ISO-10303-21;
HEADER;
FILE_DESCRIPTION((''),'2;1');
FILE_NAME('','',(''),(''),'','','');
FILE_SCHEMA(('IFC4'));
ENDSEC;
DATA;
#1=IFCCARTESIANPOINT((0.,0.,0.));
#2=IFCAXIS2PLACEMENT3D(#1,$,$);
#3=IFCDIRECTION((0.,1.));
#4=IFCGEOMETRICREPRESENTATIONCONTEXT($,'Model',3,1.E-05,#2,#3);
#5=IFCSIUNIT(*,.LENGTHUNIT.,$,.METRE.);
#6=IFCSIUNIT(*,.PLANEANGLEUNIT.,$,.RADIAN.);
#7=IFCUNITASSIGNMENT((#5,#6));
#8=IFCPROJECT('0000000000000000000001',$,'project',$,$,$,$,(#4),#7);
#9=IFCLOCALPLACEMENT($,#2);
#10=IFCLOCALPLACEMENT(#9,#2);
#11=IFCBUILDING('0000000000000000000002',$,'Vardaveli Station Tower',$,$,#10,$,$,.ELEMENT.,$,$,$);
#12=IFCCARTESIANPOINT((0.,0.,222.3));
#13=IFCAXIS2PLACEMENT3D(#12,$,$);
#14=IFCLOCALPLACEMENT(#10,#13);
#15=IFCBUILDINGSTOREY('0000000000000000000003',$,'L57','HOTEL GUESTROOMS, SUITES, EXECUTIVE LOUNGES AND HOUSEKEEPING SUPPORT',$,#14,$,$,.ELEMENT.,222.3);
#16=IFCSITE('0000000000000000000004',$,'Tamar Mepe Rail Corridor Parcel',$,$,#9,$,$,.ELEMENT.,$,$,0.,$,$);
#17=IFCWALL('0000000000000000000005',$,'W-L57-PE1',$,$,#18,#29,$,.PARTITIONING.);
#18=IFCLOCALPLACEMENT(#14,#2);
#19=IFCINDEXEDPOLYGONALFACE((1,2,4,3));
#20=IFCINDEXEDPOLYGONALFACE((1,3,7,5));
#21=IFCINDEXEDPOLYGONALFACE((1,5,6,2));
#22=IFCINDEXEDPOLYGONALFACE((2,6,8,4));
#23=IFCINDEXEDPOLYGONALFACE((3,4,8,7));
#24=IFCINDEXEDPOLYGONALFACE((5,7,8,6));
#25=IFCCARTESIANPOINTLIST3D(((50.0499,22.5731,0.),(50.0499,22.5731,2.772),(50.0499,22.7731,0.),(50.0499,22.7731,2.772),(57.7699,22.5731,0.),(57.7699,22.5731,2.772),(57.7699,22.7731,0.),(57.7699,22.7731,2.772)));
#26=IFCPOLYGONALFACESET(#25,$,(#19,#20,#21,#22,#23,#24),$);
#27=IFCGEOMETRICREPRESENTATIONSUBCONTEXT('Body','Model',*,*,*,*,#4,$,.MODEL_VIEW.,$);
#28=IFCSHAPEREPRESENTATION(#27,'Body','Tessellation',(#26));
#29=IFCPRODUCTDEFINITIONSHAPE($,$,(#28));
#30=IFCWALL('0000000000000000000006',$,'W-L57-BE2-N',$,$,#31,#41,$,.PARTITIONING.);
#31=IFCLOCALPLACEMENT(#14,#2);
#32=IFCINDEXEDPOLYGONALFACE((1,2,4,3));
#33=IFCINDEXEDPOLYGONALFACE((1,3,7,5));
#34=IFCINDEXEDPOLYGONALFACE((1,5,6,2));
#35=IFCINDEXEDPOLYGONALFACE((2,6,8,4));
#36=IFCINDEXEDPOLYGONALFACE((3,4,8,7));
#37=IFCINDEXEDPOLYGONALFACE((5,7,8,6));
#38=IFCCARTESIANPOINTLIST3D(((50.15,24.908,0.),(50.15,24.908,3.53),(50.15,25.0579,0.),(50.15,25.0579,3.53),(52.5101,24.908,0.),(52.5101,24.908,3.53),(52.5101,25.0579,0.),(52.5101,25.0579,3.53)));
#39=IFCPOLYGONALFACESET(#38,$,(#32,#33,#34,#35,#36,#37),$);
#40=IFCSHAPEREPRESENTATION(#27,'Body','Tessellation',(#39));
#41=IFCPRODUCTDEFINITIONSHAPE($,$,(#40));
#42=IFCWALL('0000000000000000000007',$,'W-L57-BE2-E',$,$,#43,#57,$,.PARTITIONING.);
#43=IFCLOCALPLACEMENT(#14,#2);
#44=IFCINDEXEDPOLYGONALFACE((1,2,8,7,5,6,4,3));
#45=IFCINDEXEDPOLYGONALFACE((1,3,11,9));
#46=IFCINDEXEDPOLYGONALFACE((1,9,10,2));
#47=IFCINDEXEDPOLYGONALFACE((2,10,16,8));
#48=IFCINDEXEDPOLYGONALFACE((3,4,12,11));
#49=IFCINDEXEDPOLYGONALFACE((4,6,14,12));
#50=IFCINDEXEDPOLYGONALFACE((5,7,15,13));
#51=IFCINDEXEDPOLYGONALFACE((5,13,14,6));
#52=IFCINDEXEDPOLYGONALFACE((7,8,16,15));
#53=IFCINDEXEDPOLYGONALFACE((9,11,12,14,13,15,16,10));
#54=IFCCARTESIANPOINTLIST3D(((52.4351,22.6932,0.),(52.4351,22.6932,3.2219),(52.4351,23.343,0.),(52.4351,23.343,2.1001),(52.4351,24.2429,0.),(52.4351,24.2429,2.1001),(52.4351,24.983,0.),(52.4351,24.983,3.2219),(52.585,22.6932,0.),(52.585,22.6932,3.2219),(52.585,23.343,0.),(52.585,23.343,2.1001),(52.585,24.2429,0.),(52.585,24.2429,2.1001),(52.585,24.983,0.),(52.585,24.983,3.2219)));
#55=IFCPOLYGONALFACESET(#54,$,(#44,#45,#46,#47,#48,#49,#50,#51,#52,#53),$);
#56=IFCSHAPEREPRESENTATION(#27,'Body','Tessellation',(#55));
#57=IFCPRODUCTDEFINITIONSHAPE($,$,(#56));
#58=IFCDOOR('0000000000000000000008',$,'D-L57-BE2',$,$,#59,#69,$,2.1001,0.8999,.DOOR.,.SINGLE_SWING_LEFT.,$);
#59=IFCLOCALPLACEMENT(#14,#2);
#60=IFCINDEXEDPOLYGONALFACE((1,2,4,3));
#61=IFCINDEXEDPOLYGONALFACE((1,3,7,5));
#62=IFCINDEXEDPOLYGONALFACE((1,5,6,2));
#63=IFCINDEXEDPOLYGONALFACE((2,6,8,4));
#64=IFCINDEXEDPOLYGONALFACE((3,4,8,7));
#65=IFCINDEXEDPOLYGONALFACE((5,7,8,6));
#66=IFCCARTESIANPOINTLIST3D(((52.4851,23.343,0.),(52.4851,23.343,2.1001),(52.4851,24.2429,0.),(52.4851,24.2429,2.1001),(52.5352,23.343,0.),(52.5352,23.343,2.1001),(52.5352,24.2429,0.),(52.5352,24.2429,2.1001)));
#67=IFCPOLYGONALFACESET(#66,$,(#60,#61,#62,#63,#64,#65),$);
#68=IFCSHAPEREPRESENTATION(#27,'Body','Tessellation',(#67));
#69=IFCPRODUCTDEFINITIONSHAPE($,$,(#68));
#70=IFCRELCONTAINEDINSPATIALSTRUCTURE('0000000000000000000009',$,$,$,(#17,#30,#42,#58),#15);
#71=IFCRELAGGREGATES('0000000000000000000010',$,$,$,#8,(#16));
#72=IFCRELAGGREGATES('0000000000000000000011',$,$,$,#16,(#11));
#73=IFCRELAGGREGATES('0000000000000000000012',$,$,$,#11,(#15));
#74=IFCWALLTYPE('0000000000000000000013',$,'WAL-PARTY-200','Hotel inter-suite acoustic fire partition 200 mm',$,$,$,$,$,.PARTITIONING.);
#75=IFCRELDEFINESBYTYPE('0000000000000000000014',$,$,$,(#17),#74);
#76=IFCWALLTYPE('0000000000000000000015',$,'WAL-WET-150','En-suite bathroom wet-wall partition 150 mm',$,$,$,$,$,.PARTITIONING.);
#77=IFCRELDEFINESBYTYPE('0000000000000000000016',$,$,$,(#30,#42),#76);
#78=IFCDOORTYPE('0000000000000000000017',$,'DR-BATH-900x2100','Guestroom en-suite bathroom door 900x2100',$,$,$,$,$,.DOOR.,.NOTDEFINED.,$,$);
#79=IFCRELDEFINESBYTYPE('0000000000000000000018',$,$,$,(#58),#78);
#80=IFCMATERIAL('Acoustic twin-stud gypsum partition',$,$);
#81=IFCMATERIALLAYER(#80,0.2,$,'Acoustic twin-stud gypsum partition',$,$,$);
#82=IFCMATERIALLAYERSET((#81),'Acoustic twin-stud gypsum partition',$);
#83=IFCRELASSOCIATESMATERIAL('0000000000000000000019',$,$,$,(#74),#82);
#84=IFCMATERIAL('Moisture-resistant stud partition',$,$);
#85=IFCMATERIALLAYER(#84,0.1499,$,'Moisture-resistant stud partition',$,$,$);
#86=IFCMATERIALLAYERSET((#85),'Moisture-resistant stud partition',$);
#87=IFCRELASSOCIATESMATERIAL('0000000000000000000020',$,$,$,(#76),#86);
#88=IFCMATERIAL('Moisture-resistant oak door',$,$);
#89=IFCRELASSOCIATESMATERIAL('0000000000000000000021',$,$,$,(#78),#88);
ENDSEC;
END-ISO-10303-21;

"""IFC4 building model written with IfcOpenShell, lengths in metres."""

from ifc_helpers import new_model, si_unit, direction, frame, frame_2d, origin, place, context, subcontext, project, spatial, rectangle, extrude, source, transform, mapped, material, layer, layer_set, type_object, element, fill, save


model = new_model("IFC4")

# Units and contexts
model_context = context("Model", 3, precision=1e-05, world=origin(), true_north=direction((0.0, 1.0)))
body_context = subcontext(model_context, "Body", "Model", "MODEL_VIEW")
ifc_project = project(units=[si_unit("LENGTHUNIT", "METRE"), si_unit("PLANEANGLEUNIT", "RADIAN")], contexts=[model_context])

# Site, building, storey
site_placement = place(None, origin())
site = spatial("IfcSite", under=ifc_project, at=site_placement, Name="Tamar Mepe Rail Corridor Parcel", CompositionType="ELEMENT", RefElevation=0.0)
building_placement = place(site_placement, origin())
building = spatial("IfcBuilding", under=site, at=building_placement, Name="Vardaveli Station Tower", CompositionType="ELEMENT")
storey_placement = place(building_placement, frame((0.0, 0.0, 222.3)))
storey = spatial("IfcBuildingStorey", under=building, at=storey_placement, Name="L57", Description="HOTEL GUESTROOMS, SUITES, EXECUTIVE LOUNGES AND HOUSEKEEPING SUPPORT", CompositionType="ELEMENT", Elevation=222.3)

# Walls
ifc_material_1 = material(Name="Acoustic twin-stud gypsum partition")
ifc_layer_1 = layer(ifc_material_1, 0.2, Name="Acoustic twin-stud gypsum partition")
ifc_layer_set_1 = layer_set([ifc_layer_1], Name="Acoustic twin-stud gypsum partition")
wall_type_1 = type_object("IfcWallType", Name="WAL-PARTY-200", Description="Hotel inter-suite acoustic fire partition 200 mm", PredefinedType="PARTITIONING", material=ifc_layer_set_1)
shared_shape_1 = source(origin(), body_context, "Body", "SweptSolid", [
    extrude(rectangle(XDim=7.72, YDim=0.2, at=frame_2d((3.8599, 0.0))), origin(), (0.0, 0.0, 1.0), 2.772),
])
wall_1_placement = place(storey_placement, frame((50.05, 22.6731, 0.0), z_axis=(0.0, 0.0, 1.0), x_axis=(1.0, 0.0, 0.0)))
element("IfcWall", 1, at=wall_1_placement, inside=storey, type_object=wall_type_1, Name="W-L57-PE1", PredefinedType="PARTITIONING", context=body_context, shape_type="MappedRepresentation", body=[
    mapped(shared_shape_1, transform((0.0, 0.0, 0.0), scale=1.0)),
])
ifc_material_2 = material(Name="Moisture-resistant stud partition")
ifc_layer_2 = layer(ifc_material_2, 0.1499, Name="Moisture-resistant stud partition")
ifc_layer_set_2 = layer_set([ifc_layer_2], Name="Moisture-resistant stud partition")
wall_type_2 = type_object("IfcWallType", Name="WAL-WET-150", Description="En-suite bathroom wet-wall partition 150 mm", PredefinedType="PARTITIONING", material=ifc_layer_set_2)
shared_shape_2 = source(origin(), body_context, "Body", "SweptSolid", [
    extrude(rectangle(XDim=2.3601, YDim=0.1499, at=frame_2d((1.1802, 0.0))), origin(), (0.0, 0.0, 1.0), 3.53),
])
wall_2_placement = place(storey_placement, frame((50.1499, 24.9829, 0.0), z_axis=(0.0, 0.0, 1.0), x_axis=(1.0, 0.0, 0.0)))
element("IfcWall", 2, at=wall_2_placement, inside=storey, type_object=wall_type_2, Name="W-L57-BE2-N", PredefinedType="PARTITIONING", context=body_context, shape_type="MappedRepresentation", body=[
    mapped(shared_shape_2, transform((0.0, 0.0, 0.0), scale=1.0)),
])

# Wall, opening, door
shared_shape_3 = source(origin(), body_context, "Body", "SweptSolid", [
    extrude(rectangle(XDim=2.2898, YDim=0.1499, at=frame_2d((1.145, 0.0))), origin(), (0.0, 0.0, 1.0), 3.2219),
])
wall_3_placement = place(storey_placement, frame((52.51, 22.6931, 0.0), z_axis=(0.0, 0.0, 1.0), x_axis=(0.0, 1.0, 0.0)))
wall_3 = element("IfcWall", 3, at=wall_3_placement, inside=storey, type_object=wall_type_2, Name="W-L57-BE2-E", PredefinedType="PARTITIONING", context=body_context, shape_type="MappedRepresentation", body=[
    mapped(shared_shape_3, transform((0.0, 0.0, 0.0), scale=1.0)),
])
shared_shape_4 = source(origin(), body_context, "Body", "SweptSolid", [
    extrude(rectangle(XDim=0.8999, YDim=2.1001, at=frame_2d((0.45, 1.05))), frame((0.0, 0.085, 0.0), z_axis=(0.0, -1.0, 0.0), x_axis=(1.0, 0.0, 0.0)), (0.0, 0.0, 1.0), 0.1699),
])
opening_1_placement = place(wall_3_placement, frame((0.6499, 0.0, 0.0)))
opening_1 = element("IfcOpeningElement", 4, at=opening_1_placement, cuts=wall_3, PredefinedType="OPENING", context=body_context, shape_type="MappedRepresentation", body=[
    mapped(shared_shape_4, transform((0.0, 0.0, 0.0), scale=1.0)),
])
ifc_material_3 = material(Name="Moisture-resistant oak door")
door_type_1 = type_object("IfcDoorType", Name="DR-BATH-900x2100", Description="Guestroom en-suite bathroom door 900x2100", OperationType="NOTDEFINED", PredefinedType="DOOR", material=ifc_material_3)
shared_shape_5 = source(origin(), body_context, "Body", "SweptSolid", [
    extrude(rectangle(XDim=0.8999, YDim=2.1001, at=frame_2d((0.45, 1.05))), frame((0.0, 0.0249, 0.0), z_axis=(0.0, -1.0, 0.0), x_axis=(1.0, 0.0, 0.0)), (0.0, 0.0, 1.0), 0.05),
])
door_1_placement = place(opening_1_placement, origin())
door_1 = element("IfcDoor", 5, at=door_1_placement, inside=storey, type_object=door_type_1, Name="D-L57-BE2", OperationType="SINGLE_SWING_LEFT", OverallHeight=2.1001, OverallWidth=0.8999, PredefinedType="DOOR", context=body_context, shape_type="MappedRepresentation", body=[
    mapped(shared_shape_5, transform((0.0, 0.0, 0.0), scale=1.0)),
])
fill(opening_1, door_1)

save(model, "model.ifc")
